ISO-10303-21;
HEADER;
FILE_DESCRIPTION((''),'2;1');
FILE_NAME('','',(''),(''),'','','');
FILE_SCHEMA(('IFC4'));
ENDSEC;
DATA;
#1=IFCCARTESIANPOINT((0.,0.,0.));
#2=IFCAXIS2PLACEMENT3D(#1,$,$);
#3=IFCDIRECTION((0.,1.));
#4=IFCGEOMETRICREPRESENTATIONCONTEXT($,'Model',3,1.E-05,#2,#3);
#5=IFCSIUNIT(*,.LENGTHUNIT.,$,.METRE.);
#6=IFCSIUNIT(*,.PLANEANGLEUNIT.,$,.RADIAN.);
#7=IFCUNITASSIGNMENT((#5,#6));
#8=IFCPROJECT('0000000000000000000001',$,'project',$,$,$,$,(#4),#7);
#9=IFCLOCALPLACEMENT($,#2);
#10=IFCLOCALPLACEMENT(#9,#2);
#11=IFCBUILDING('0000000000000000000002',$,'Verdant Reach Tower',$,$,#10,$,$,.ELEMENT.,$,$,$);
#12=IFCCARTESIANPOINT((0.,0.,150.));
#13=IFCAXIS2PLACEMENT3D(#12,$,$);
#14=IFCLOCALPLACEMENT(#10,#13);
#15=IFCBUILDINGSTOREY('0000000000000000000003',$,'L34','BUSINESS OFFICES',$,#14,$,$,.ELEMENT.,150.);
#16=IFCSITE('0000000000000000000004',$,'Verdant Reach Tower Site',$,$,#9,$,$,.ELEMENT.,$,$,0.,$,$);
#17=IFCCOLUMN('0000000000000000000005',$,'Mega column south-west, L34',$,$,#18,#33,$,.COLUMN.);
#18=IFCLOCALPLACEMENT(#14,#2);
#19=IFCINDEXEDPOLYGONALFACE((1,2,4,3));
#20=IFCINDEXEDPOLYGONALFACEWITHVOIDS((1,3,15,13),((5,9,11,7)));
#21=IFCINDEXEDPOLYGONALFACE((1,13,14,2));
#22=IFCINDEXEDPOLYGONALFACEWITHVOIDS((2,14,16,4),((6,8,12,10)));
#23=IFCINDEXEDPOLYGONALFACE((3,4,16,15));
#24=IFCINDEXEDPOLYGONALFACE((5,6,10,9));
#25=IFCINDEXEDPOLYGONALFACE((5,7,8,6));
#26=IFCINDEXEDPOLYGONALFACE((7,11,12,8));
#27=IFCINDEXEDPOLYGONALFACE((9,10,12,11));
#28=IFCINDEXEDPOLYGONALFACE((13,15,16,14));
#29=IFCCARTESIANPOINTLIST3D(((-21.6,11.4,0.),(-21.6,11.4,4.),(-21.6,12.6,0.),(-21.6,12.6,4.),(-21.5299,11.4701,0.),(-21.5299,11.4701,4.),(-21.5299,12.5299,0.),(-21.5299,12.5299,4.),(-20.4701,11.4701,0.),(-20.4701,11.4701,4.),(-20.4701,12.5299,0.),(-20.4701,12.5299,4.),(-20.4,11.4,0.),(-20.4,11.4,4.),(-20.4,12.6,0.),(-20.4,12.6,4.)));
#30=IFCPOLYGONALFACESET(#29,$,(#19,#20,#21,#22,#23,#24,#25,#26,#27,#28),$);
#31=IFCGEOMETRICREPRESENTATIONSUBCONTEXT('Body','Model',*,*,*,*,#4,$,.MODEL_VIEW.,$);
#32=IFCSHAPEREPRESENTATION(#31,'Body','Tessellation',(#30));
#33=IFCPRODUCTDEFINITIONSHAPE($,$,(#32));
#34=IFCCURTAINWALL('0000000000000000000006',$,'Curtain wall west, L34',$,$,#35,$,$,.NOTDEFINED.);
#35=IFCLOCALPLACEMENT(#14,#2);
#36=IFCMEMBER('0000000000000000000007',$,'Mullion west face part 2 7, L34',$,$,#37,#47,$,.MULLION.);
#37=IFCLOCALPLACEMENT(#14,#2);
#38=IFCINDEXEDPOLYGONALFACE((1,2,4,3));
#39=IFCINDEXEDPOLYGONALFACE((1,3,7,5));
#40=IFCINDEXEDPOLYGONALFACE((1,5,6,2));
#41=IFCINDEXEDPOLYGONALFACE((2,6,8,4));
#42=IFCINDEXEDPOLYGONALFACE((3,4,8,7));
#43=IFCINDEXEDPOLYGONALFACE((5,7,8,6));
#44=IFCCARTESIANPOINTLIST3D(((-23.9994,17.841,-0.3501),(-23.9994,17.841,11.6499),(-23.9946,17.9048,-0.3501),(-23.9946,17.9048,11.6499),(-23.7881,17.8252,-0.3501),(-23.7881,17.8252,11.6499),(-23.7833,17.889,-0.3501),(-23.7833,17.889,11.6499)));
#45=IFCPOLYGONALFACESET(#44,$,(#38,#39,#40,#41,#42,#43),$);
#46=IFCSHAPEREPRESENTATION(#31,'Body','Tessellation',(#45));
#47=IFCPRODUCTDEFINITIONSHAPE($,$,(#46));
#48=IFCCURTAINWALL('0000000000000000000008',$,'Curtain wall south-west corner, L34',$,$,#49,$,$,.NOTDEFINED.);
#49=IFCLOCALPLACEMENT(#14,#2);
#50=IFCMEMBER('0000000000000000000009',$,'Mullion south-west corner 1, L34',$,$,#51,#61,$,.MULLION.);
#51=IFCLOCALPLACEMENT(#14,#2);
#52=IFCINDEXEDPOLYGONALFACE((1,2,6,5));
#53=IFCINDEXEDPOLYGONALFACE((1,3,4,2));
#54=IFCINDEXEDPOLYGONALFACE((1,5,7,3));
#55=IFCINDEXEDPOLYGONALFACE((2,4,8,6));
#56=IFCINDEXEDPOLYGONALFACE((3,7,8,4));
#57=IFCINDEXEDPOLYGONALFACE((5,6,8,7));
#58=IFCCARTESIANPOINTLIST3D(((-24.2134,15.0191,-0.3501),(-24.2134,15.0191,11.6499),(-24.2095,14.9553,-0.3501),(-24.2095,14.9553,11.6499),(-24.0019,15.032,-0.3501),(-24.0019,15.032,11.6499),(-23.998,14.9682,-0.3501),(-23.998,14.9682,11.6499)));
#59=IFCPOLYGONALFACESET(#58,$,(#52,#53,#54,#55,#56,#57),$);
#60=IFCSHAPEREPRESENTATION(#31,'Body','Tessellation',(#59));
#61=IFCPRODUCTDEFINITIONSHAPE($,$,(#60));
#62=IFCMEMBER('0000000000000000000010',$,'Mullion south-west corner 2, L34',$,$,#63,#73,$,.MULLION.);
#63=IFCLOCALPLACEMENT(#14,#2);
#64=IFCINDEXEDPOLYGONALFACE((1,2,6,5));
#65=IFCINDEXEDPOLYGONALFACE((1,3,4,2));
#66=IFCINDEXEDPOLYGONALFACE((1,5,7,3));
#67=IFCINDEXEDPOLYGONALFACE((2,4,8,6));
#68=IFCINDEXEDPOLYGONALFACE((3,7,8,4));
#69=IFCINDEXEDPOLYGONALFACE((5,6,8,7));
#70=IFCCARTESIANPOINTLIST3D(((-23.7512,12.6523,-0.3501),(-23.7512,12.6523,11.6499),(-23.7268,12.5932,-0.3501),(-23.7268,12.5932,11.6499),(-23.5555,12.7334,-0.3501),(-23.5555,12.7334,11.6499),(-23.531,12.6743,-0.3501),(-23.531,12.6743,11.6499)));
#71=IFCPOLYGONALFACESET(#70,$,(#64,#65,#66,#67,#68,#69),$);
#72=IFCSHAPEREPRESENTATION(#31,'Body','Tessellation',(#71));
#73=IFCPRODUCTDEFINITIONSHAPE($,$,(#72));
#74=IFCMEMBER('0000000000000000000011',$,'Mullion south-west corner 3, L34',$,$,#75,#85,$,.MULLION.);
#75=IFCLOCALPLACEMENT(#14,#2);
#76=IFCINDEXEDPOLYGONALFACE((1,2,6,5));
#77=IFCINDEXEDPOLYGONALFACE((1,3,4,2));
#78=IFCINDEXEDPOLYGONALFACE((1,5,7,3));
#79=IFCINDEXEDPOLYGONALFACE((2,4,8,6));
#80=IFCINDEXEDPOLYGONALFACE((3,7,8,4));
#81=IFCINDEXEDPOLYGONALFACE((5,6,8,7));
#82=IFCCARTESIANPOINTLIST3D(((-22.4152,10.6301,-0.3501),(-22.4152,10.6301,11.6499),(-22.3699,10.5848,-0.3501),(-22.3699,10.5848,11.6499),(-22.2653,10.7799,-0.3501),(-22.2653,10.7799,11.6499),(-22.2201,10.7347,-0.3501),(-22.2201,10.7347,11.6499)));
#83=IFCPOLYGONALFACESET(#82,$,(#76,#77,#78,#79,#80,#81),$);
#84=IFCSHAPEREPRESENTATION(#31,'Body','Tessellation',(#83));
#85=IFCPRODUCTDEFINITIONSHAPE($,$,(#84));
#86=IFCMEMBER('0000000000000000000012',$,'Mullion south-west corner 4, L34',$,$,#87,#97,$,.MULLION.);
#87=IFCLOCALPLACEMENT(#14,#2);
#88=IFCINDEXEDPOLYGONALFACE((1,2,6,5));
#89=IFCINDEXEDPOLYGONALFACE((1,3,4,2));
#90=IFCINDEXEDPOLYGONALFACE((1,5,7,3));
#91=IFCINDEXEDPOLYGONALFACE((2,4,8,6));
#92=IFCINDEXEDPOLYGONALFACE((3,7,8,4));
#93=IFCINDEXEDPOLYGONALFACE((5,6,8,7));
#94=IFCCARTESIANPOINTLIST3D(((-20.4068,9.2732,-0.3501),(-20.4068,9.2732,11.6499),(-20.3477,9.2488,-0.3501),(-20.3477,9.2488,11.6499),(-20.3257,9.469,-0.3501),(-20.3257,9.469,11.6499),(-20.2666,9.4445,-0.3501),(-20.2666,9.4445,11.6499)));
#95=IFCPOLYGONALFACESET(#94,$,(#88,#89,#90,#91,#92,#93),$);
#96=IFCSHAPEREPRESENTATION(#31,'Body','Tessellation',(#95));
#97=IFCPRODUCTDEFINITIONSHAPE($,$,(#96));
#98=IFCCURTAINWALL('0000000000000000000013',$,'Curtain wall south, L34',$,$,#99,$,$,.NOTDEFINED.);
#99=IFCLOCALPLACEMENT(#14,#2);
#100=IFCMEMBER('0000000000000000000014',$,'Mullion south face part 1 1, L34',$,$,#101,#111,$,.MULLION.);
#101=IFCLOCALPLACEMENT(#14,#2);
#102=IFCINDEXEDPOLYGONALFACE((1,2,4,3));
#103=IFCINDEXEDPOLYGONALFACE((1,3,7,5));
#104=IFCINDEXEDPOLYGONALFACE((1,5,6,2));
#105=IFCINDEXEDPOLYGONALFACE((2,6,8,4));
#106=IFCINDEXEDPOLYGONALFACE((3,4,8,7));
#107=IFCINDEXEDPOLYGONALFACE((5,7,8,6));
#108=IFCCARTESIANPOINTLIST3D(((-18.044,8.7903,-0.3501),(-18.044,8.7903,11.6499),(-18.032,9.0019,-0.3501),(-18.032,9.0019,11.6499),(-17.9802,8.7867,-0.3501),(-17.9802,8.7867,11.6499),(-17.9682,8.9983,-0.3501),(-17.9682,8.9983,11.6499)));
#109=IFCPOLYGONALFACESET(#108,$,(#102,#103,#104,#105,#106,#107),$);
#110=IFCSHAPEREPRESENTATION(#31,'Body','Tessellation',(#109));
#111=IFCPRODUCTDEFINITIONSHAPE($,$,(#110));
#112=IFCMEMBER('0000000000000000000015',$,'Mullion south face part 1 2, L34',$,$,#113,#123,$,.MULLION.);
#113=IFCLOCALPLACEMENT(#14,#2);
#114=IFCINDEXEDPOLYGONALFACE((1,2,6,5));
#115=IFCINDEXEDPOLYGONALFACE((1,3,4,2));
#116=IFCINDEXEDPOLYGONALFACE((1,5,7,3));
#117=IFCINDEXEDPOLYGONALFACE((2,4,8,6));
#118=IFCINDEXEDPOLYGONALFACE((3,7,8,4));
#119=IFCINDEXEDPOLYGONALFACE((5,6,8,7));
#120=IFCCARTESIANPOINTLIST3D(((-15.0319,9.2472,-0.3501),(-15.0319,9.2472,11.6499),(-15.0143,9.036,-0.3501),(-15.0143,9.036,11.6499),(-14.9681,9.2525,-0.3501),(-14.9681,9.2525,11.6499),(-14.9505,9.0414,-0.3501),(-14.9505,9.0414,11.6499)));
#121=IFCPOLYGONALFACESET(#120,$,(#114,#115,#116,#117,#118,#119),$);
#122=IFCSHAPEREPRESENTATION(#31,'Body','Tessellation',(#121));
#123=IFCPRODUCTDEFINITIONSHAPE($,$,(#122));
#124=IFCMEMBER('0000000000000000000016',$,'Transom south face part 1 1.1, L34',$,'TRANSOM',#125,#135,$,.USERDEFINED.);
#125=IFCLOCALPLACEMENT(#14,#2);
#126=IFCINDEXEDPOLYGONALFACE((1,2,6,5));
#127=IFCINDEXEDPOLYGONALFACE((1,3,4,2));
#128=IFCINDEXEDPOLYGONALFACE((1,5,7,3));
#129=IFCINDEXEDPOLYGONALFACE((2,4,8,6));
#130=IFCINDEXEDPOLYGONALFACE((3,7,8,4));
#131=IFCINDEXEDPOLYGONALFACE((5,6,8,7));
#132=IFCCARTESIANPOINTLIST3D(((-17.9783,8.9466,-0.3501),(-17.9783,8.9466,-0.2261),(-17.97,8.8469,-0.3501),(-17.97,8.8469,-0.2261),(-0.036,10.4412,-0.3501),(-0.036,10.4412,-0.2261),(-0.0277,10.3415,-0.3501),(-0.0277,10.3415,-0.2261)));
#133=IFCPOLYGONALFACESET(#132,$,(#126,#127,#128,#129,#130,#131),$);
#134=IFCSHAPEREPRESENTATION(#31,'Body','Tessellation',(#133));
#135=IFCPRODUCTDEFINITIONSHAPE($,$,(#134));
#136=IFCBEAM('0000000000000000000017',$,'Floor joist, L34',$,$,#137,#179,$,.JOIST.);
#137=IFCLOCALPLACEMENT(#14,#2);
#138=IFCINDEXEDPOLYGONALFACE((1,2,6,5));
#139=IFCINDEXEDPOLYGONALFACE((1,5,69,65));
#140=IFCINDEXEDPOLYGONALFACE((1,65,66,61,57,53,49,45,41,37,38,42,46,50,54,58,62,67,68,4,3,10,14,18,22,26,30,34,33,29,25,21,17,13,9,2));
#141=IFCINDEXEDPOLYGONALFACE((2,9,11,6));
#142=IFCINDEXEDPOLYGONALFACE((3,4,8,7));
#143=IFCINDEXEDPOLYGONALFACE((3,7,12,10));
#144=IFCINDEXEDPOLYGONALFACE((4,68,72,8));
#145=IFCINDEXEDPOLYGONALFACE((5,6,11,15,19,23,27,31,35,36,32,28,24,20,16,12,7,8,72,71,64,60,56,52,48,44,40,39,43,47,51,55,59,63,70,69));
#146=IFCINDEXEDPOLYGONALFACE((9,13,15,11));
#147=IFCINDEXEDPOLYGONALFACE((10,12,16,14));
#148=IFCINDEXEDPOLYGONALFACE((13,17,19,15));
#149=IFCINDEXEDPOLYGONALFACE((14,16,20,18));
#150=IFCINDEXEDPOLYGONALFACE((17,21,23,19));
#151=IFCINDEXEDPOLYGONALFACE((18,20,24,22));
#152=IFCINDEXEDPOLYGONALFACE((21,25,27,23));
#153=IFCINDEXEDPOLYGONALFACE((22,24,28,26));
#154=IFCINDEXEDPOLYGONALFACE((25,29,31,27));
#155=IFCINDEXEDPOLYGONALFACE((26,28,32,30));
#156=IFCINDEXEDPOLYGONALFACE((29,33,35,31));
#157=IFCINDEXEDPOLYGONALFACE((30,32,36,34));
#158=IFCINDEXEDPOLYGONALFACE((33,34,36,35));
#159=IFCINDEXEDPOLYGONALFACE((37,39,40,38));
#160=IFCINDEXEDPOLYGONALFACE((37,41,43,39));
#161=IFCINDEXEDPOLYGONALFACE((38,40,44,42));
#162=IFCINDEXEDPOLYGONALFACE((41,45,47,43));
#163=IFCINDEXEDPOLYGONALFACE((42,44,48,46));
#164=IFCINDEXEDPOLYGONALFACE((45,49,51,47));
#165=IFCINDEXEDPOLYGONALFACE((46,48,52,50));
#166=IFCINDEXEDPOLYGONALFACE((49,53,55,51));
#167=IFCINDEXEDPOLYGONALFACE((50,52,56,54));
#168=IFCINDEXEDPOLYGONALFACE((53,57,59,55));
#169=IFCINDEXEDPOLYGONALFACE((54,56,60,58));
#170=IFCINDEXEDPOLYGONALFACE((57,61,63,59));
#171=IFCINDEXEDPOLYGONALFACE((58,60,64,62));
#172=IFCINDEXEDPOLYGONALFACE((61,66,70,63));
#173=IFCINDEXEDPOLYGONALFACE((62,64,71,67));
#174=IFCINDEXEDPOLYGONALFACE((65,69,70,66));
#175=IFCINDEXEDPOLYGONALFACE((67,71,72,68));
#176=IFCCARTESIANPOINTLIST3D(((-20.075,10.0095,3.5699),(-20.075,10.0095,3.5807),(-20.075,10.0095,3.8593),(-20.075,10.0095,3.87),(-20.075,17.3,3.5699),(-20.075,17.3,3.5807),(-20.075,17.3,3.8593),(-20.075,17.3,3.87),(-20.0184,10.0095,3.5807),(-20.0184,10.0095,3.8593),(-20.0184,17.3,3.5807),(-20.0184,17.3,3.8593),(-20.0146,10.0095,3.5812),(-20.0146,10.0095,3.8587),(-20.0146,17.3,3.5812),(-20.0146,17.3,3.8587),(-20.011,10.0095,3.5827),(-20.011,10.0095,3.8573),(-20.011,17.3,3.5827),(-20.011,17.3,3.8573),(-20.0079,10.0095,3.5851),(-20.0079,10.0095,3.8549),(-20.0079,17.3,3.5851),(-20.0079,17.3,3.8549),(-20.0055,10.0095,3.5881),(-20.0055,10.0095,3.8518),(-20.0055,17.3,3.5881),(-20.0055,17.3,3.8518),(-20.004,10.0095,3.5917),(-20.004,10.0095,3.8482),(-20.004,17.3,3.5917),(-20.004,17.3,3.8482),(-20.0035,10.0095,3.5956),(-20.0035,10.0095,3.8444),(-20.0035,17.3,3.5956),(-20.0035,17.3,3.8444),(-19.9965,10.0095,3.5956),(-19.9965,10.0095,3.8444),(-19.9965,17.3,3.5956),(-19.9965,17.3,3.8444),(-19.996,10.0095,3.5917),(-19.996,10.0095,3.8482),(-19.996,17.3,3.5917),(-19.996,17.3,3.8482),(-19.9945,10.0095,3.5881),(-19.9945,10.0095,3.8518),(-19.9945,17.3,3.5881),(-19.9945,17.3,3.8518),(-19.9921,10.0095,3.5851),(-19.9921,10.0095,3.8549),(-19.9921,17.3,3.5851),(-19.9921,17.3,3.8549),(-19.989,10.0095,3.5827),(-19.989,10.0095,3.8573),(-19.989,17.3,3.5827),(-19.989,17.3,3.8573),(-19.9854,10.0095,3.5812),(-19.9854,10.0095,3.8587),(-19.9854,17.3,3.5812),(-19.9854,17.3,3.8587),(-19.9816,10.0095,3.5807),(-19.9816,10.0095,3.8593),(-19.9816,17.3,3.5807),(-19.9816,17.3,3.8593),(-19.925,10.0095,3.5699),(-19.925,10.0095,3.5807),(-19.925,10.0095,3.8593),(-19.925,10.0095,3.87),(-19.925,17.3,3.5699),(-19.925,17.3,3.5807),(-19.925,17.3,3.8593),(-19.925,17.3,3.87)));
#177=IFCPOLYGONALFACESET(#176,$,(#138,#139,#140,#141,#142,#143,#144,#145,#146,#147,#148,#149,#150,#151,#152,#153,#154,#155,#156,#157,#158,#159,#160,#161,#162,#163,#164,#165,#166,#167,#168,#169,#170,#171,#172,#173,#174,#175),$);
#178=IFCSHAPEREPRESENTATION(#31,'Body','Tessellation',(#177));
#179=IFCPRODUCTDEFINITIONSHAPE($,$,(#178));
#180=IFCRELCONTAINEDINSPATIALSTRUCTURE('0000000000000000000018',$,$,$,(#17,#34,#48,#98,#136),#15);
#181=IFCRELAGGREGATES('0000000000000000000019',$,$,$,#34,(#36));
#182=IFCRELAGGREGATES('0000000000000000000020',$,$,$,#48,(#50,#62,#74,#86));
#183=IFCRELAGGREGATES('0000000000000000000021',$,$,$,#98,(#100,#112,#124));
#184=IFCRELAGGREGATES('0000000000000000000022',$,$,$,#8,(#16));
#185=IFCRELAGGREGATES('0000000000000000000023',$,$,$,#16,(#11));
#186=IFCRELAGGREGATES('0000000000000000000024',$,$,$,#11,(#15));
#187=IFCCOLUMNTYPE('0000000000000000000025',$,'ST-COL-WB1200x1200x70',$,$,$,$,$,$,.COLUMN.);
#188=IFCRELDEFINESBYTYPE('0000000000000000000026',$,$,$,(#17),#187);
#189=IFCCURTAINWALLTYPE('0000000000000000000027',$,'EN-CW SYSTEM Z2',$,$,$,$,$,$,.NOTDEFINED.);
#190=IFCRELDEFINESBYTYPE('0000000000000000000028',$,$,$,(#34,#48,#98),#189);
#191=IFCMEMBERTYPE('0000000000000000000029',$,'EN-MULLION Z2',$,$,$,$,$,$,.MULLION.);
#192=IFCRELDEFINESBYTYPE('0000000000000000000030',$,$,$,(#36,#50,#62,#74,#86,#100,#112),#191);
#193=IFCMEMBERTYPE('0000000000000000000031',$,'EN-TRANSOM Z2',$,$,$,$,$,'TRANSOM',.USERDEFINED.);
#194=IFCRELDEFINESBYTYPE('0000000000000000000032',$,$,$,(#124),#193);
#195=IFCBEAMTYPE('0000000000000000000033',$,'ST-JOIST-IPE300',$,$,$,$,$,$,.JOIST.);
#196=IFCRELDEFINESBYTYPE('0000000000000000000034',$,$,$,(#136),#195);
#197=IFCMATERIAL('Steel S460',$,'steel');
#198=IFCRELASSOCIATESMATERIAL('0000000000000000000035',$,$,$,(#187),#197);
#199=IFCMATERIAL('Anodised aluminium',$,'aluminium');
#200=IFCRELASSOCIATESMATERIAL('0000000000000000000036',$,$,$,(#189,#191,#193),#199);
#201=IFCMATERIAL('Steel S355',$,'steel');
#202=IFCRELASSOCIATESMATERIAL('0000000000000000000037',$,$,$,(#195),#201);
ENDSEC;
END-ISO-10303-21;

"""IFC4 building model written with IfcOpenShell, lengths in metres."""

from ifc_helpers import new_model, si_unit, direction, frame, origin, origin_2d, place, context, subcontext, project, spatial, rectangle, hollow_rectangle, i_section, extrude, material, material_profile, profile_set, type_object, element, aggregate, save


model = new_model("IFC4")

# Units and contexts
model_context = context("Model", 3, precision=1e-05, world=origin(), true_north=direction((0.0, 1.0)))
body_context = subcontext(model_context, "Body", "Model", "MODEL_VIEW")
ifc_project = project(units=[si_unit("LENGTHUNIT", "METRE"), si_unit("PLANEANGLEUNIT", "RADIAN")], contexts=[model_context])

# Site, building, storey
site_placement = place(None, origin())
site = spatial("IfcSite", under=ifc_project, at=site_placement, Name="Verdant Reach Tower Site", CompositionType="ELEMENT", RefElevation=0.0)
building_placement = place(site_placement, origin())
building = spatial("IfcBuilding", under=site, at=building_placement, Name="Verdant Reach Tower", CompositionType="ELEMENT")
storey_placement = place(building_placement, frame((0.0, 0.0, 150.0)))
storey = spatial("IfcBuildingStorey", under=building, at=storey_placement, Name="L34", Description="BUSINESS OFFICES", CompositionType="ELEMENT", Elevation=150.0)

# Column
ifc_material_1 = material(Name="Steel S460", Category="steel")
ifc_material_profile_1 = material_profile(ifc_material_1, hollow_rectangle(XDim=1.2, YDim=1.2, WallThickness=0.0701, at=origin_2d()), Name="WB 1200x1200x70")
ifc_profile_set_1 = profile_set([ifc_material_profile_1], Name="Steel S460")
column_type = type_object("IfcColumnType", Name="ST-COL-WB1200x1200x70", PredefinedType="COLUMN", material=ifc_profile_set_1)
column_placement = place(storey_placement, frame((-21.0, 12.0, 0.0), z_axis=(0.0, 0.0, 1.0), x_axis=(1.0, 0.0, 0.0)))
element("IfcColumn", 1, at=column_placement, inside=storey, type_object=column_type, Name="Mega column south-west, L34", PredefinedType="COLUMN", context=body_context, shape_type="SweptSolid", body=[
    extrude(hollow_rectangle(XDim=1.2, YDim=1.2, WallThickness=0.0701, at=origin_2d()), origin(), (0.0, 0.0, 1.0), 4.0),
])

# Curtain wall, member
ifc_material_2 = material(Name="Anodised aluminium", Category="aluminium")
curtain_wall_type = type_object("IfcCurtainWallType", Name="EN-CW SYSTEM Z2", PredefinedType="NOTDEFINED", material=ifc_material_2)
curtain_wall_1_placement = place(storey_placement, origin())
curtain_wall_1 = element("IfcCurtainWall", 2, at=curtain_wall_1_placement, inside=storey, type_object=curtain_wall_type, Name="Curtain wall west, L34", PredefinedType="NOTDEFINED")
ifc_material_profile_2 = material_profile(ifc_material_2, rectangle(XDim=0.2119, YDim=0.064, at=origin_2d()), Name="Mullion 64x212")
ifc_profile_set_2 = profile_set([ifc_material_profile_2], Name="Anodised aluminium")
member_type_1 = type_object("IfcMemberType", Name="EN-MULLION Z2", PredefinedType="MULLION", material=ifc_profile_set_2)
member_1_placement = place(storey_placement, frame((-23.8914, 17.865, -0.3501), z_axis=(0.0, 0.0, 1.0), x_axis=(-0.997199, 0.07479, 0.0)))
member_1 = element("IfcMember", 3, at=member_1_placement, type_object=member_type_1, Name="Mullion west face part 2 7, L34", PredefinedType="MULLION", context=body_context, shape_type="SweptSolid", body=[
    extrude(rectangle(XDim=0.2119, YDim=0.064, at=origin_2d()), origin(), (0.0, 0.0, 1.0), 12.0),
])

# Curtain walls, members
curtain_wall_2_placement = place(storey_placement, origin())
curtain_wall_2 = element("IfcCurtainWall", 4, at=curtain_wall_2_placement, inside=storey, type_object=curtain_wall_type, Name="Curtain wall south-west corner, L34", PredefinedType="NOTDEFINED")
member_2_placement = place(storey_placement, frame((-24.1057, 14.9937, -0.3501), z_axis=(0.0, 0.0, 1.0), x_axis=(-0.998156, -0.060703, 0.0)))
member_2 = element("IfcMember", 5, at=member_2_placement, type_object=member_type_1, Name="Mullion south-west corner 1, L34", PredefinedType="MULLION", context=body_context, shape_type="SweptSolid", body=[
    extrude(rectangle(XDim=0.2119, YDim=0.064, at=origin_2d()), origin(), (0.0, 0.0, 1.0), 12.0),
])
member_3_placement = place(storey_placement, frame((-23.6411, 12.6633, -0.3501), z_axis=(0.0, 0.0, 1.0), x_axis=(-0.923875, -0.382694, 0.0)))
member_3 = element("IfcMember", 6, at=member_3_placement, type_object=member_type_1, Name="Mullion south-west corner 2, L34", PredefinedType="MULLION", context=body_context, shape_type="SweptSolid", body=[
    extrude(rectangle(XDim=0.2119, YDim=0.064, at=origin_2d()), origin(), (0.0, 0.0, 1.0), 12.0),
])
member_4_placement = place(storey_placement, frame((-22.3176, 10.6824, -0.3501), z_axis=(0.0, 0.0, 1.0), x_axis=(-0.707107, -0.707107, 0.0)))
member_4 = element("IfcMember", 7, at=member_4_placement, type_object=member_type_1, Name="Mullion south-west corner 3, L34", PredefinedType="MULLION", context=body_context, shape_type="SweptSolid", body=[
    extrude(rectangle(XDim=0.2119, YDim=0.064, at=origin_2d()), origin(), (0.0, 0.0, 1.0), 12.0),
])
member_5_placement = place(storey_placement, frame((-20.3367, 9.3589, -0.3501), z_axis=(0.0, 0.0, 1.0), x_axis=(-0.382694, -0.923875, 0.0)))
member_5 = element("IfcMember", 8, at=member_5_placement, type_object=member_type_1, Name="Mullion south-west corner 4, L34", PredefinedType="MULLION", context=body_context, shape_type="SweptSolid", body=[
    extrude(rectangle(XDim=0.2119, YDim=0.064, at=origin_2d()), origin(), (0.0, 0.0, 1.0), 12.0),
])
curtain_wall_3_placement = place(storey_placement, origin())
curtain_wall_3 = element("IfcCurtainWall", 9, at=curtain_wall_3_placement, inside=storey, type_object=curtain_wall_type, Name="Curtain wall south, L34", PredefinedType="NOTDEFINED")
member_6_placement = place(storey_placement, frame((-18.0061, 8.8943, -0.3501), z_axis=(0.0, 0.0, 1.0), x_axis=(-0.056569, -0.998399, 0.0)))
member_6 = element("IfcMember", 10, at=member_6_placement, type_object=member_type_1, Name="Mullion south face part 1 1, L34", PredefinedType="MULLION", context=body_context, shape_type="SweptSolid", body=[
    extrude(rectangle(XDim=0.2119, YDim=0.064, at=origin_2d()), origin(), (0.0, 0.0, 1.0), 12.0),
])
member_7_placement = place(storey_placement, frame((-14.9912, 9.1443, -0.3501), z_axis=(0.0, 0.0, 1.0), x_axis=(0.083045, -0.996546, 0.0)))
member_7 = element("IfcMember", 11, at=member_7_placement, type_object=member_type_1, Name="Mullion south face part 1 2, L34", PredefinedType="MULLION", context=body_context, shape_type="SweptSolid", body=[
    extrude(rectangle(XDim=0.2119, YDim=0.064, at=origin_2d()), origin(), (0.0, 0.0, 1.0), 12.0),
])
ifc_material_profile_3 = material_profile(ifc_material_2, rectangle(XDim=0.1001, YDim=0.124, at=origin_2d()), Name="Transom 124x100")
ifc_profile_set_3 = profile_set([ifc_material_profile_3], Name="Anodised aluminium")
member_type_2 = type_object("IfcMemberType", Name="EN-TRANSOM Z2", ElementType="TRANSOM", PredefinedType="USERDEFINED", material=ifc_profile_set_3)
member_8_placement = place(storey_placement, frame((-17.9741, 8.8967, -0.2881), z_axis=(0.996548, 0.083015, 0.0), x_axis=(-0.083015, 0.996548, 0.0)))
member_8 = element("IfcMember", 12, at=member_8_placement, type_object=member_type_2, Name="Transom south face part 1 1.1, L34", ObjectType="TRANSOM", PredefinedType="USERDEFINED", context=body_context, shape_type="SweptSolid", body=[
    extrude(rectangle(XDim=0.1001, YDim=0.124, at=origin_2d()), origin(), (0.0, 0.0, 1.0), 18.0044),
])

# Beam
ifc_material_3 = material(Name="Steel S355", Category="steel")
ifc_material_profile_4 = material_profile(ifc_material_3, i_section(OverallWidth=0.1499, OverallDepth=0.3, WebThickness=0.0071, FlangeThickness=0.0107, FilletRadius=0.0149, at=origin_2d()), Name="IPE 300")
ifc_profile_set_4 = profile_set([ifc_material_profile_4], Name="Steel S355")
beam_type_1 = type_object("IfcBeamType", Name="ST-JOIST-IPE300", PredefinedType="JOIST", material=ifc_profile_set_4)
beam_1_placement = place(storey_placement, frame((-20.0, 17.3, 3.72), z_axis=(0.0, -1.0, 0.0), x_axis=(1.0, 0.0, 0.0)))
element("IfcBeam", 13, at=beam_1_placement, inside=storey, type_object=beam_type_1, Name="Floor joist, L34", PredefinedType="JOIST", context=body_context, shape_type="SweptSolid", body=[
    extrude(i_section(OverallWidth=0.1499, OverallDepth=0.3, WebThickness=0.0071, FlangeThickness=0.0107, FilletRadius=0.0149, at=origin_2d()), origin(), (0.0, 0.0, 1.0), 7.2905),
])

aggregate(curtain_wall_1, [member_1])
aggregate(curtain_wall_2, [member_2, member_3, member_4, member_5])
aggregate(curtain_wall_3, [member_6, member_7, member_8])

save(model, "model.ifc")
